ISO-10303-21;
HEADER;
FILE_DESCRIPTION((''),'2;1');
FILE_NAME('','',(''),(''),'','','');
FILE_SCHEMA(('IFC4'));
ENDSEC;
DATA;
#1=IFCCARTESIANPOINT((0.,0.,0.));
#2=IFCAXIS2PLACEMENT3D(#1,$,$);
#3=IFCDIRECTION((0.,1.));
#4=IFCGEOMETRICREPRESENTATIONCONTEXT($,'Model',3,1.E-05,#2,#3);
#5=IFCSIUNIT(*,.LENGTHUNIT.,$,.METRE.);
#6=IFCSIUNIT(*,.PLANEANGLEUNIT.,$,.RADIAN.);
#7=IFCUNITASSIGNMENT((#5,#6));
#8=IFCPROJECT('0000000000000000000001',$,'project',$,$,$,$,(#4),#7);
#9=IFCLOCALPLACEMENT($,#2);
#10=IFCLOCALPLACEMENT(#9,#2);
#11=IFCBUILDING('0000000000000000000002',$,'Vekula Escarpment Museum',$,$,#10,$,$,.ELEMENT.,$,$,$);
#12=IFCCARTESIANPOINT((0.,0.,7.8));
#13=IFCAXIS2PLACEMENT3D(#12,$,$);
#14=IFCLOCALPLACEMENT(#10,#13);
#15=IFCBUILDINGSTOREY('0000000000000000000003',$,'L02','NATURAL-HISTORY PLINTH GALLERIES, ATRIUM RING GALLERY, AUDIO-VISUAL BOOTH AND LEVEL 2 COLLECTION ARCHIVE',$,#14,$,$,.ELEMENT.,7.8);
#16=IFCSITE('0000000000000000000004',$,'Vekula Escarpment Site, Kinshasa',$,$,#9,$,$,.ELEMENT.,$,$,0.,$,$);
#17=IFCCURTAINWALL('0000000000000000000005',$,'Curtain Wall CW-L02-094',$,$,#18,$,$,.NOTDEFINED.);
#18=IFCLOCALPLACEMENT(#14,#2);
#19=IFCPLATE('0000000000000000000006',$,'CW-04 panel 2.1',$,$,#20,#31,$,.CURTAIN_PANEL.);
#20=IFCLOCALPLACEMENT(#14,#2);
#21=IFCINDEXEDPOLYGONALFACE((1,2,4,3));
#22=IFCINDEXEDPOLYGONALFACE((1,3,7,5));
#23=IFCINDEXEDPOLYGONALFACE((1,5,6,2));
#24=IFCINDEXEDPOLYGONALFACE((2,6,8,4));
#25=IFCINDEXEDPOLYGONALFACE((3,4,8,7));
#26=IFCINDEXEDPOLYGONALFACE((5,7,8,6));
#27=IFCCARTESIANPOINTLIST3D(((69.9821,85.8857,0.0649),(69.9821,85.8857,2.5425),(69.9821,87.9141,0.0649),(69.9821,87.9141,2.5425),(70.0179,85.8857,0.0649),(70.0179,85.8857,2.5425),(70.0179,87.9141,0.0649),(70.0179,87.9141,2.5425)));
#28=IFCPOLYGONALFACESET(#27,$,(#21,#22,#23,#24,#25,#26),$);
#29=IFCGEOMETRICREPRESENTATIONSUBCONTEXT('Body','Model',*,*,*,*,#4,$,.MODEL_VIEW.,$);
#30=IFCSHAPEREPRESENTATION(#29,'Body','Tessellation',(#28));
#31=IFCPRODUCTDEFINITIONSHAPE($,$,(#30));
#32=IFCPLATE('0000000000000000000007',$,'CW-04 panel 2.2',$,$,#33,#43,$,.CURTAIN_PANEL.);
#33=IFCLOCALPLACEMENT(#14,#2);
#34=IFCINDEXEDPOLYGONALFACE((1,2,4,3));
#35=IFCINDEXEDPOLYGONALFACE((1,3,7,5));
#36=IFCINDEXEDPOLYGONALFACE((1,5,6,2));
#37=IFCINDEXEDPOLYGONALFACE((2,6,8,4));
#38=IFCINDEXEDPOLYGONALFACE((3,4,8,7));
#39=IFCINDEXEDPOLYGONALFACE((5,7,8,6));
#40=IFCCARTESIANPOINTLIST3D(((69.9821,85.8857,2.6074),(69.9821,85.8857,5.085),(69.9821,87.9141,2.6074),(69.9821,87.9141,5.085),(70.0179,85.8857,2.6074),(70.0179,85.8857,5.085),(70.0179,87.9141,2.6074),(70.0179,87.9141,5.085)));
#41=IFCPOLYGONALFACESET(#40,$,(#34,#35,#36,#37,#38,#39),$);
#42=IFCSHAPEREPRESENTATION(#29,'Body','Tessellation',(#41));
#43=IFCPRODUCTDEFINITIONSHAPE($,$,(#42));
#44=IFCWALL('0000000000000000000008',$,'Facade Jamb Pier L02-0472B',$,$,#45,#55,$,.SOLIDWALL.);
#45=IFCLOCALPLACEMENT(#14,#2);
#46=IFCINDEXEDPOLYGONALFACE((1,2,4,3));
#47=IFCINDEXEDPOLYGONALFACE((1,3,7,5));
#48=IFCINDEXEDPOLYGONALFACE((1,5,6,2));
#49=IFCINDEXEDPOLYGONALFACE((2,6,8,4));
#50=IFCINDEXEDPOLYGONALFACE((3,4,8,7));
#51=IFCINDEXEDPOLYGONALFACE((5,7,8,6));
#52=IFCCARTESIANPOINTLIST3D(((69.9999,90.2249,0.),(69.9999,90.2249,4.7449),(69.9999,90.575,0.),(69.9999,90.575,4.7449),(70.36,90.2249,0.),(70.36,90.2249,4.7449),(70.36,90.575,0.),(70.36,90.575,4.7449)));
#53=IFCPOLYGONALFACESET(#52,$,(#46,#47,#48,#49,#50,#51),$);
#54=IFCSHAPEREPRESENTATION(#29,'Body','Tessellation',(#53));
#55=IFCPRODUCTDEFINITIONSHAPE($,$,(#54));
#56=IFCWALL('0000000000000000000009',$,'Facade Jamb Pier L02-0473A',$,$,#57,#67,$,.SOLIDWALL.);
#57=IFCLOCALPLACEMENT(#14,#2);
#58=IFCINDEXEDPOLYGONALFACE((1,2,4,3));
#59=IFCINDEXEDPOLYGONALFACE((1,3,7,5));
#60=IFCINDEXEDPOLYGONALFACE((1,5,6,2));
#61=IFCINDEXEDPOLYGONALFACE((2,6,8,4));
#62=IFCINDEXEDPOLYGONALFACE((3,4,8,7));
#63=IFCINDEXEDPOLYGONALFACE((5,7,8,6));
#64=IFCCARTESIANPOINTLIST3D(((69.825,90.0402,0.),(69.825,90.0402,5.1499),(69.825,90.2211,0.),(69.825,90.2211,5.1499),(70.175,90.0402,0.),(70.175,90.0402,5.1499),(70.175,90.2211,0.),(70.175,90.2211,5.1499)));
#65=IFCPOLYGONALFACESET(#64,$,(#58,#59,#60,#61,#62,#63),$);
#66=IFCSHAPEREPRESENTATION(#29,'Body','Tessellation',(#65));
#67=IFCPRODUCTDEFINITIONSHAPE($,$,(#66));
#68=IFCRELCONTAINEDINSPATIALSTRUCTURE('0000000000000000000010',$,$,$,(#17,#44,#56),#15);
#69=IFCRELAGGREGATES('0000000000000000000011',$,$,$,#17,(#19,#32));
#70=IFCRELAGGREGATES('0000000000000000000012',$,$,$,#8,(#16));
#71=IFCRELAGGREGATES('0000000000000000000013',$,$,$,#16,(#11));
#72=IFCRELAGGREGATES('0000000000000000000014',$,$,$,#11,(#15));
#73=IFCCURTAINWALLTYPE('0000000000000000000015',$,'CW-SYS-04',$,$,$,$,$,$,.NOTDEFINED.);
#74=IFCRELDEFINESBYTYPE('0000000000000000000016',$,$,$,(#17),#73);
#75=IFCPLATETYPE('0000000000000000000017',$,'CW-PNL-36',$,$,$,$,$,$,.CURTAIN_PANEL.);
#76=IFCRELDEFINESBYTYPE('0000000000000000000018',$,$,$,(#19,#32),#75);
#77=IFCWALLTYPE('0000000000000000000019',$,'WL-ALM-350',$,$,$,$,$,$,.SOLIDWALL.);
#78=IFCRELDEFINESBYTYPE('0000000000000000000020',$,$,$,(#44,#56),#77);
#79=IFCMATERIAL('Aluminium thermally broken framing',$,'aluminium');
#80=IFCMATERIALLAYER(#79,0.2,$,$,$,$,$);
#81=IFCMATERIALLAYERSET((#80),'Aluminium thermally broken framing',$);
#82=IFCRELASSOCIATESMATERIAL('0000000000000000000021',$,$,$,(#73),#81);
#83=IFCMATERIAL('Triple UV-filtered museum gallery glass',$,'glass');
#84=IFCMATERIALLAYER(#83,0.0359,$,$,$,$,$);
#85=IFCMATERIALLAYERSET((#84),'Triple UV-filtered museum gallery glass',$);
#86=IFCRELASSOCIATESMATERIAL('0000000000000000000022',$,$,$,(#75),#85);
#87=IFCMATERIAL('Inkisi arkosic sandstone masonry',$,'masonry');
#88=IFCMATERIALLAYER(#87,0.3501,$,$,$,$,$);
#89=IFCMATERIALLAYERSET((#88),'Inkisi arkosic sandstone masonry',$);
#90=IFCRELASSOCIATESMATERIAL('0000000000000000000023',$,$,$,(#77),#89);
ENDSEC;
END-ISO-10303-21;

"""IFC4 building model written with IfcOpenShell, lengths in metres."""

from ifc_helpers import new_model, si_unit, direction, frame, frame_2d, origin, origin_2d, place, context, subcontext, project, spatial, rectangle, extrude, material, layer, layer_set, type_object, element, aggregate, save


model = new_model("IFC4")

# Units and contexts
model_context = context("Model", 3, precision=1e-05, world=origin(), true_north=direction((0.0, 1.0)))
body_context = subcontext(model_context, "Body", "Model", "MODEL_VIEW")
ifc_project = project(units=[si_unit("LENGTHUNIT", "METRE"), si_unit("PLANEANGLEUNIT", "RADIAN")], contexts=[model_context])

# Site, building, storey
site_placement = place(None, origin())
site = spatial("IfcSite", under=ifc_project, at=site_placement, Name="Vekula Escarpment Site, Kinshasa", CompositionType="ELEMENT", RefElevation=0.0)
building_placement = place(site_placement, origin())
building = spatial("IfcBuilding", under=site, at=building_placement, Name="Vekula Escarpment Museum", CompositionType="ELEMENT")
storey_placement = place(building_placement, frame((0.0, 0.0, 7.8)))
storey = spatial("IfcBuildingStorey", under=building, at=storey_placement, Name="L02", Description="NATURAL-HISTORY PLINTH GALLERIES, ATRIUM RING GALLERY, AUDIO-VISUAL BOOTH AND LEVEL 2 COLLECTION ARCHIVE", CompositionType="ELEMENT", Elevation=7.8)

# Curtain wall
ifc_material_1 = material(Name="Aluminium thermally broken framing", Category="aluminium")
ifc_layer_1 = layer(ifc_material_1, 0.2)
ifc_layer_set_1 = layer_set([ifc_layer_1], Name="Aluminium thermally broken framing")
curtain_wall_type_1 = type_object("IfcCurtainWallType", Name="CW-SYS-04", PredefinedType="NOTDEFINED", material=ifc_layer_set_1)
curtain_wall_1_placement = place(storey_placement, origin())
curtain_wall_1 = element("IfcCurtainWall", 1, at=curtain_wall_1_placement, inside=storey, type_object=curtain_wall_type_1, Name="Curtain Wall CW-L02-094", PredefinedType="NOTDEFINED")

# Plates
ifc_material_2 = material(Name="Triple UV-filtered museum gallery glass", Category="glass")
ifc_layer_2 = layer(ifc_material_2, 0.0359)
ifc_layer_set_2 = layer_set([ifc_layer_2], Name="Triple UV-filtered museum gallery glass")
plate_type_1 = type_object("IfcPlateType", Name="CW-PNL-36", PredefinedType="CURTAIN_PANEL", material=ifc_layer_set_2)
plate_1_placement = place(storey_placement, frame((70.0, 86.8999, 0.0649), z_axis=(0.0, 0.0, 1.0), x_axis=(0.0, -1.0, 0.0)))
plate_1 = element("IfcPlate", 2, at=plate_1_placement, type_object=plate_type_1, Name="CW-04 panel 2.1", PredefinedType="CURTAIN_PANEL", context=body_context, shape_type="SweptSolid", body=[
    extrude(rectangle(XDim=2.0283, YDim=0.0359, at=origin_2d()), origin(), (0.0, 0.0, 1.0), 2.4775),
])
plate_2_placement = place(storey_placement, frame((70.0, 86.8999, 2.6074), z_axis=(0.0, 0.0, 1.0), x_axis=(0.0, -1.0, 0.0)))
plate_2 = element("IfcPlate", 3, at=plate_2_placement, type_object=plate_type_1, Name="CW-04 panel 2.2", PredefinedType="CURTAIN_PANEL", context=body_context, shape_type="SweptSolid", body=[
    extrude(rectangle(XDim=2.0283, YDim=0.0359, at=origin_2d()), origin(), (0.0, 0.0, 1.0), 2.4775),
])
aggregate(curtain_wall_1, [plate_1, plate_2])

# Walls
ifc_material_3 = material(Name="Inkisi arkosic sandstone masonry", Category="masonry")
ifc_layer_3 = layer(ifc_material_3, 0.3501)
ifc_layer_set_3 = layer_set([ifc_layer_3], Name="Inkisi arkosic sandstone masonry")
wall_type = type_object("IfcWallType", Name="WL-ALM-350", PredefinedType="SOLIDWALL", material=ifc_layer_set_3)
wall_1_placement = place(storey_placement, frame((70.3601, 90.3999, 0.0), z_axis=(0.0, 0.0, 1.0), x_axis=(-1.0, 0.0, 0.0)))
element("IfcWall", 4, at=wall_1_placement, inside=storey, type_object=wall_type, Name="Facade Jamb Pier L02-0472B", PredefinedType="SOLIDWALL", context=body_context, shape_type="SweptSolid", body=[
    extrude(rectangle(XDim=0.3601, YDim=0.3501, at=frame_2d((0.1802, 0.0))), origin(), (0.0, 0.0, 1.0), 4.7449),
])
wall_2_placement = place(storey_placement, frame((70.0, 90.2209, 0.0), z_axis=(0.0, 0.0, 1.0), x_axis=(0.0, -1.0, 0.0)))
element("IfcWall", 5, at=wall_2_placement, inside=storey, type_object=wall_type, Name="Facade Jamb Pier L02-0473A", PredefinedType="SOLIDWALL", context=body_context, shape_type="SweptSolid", body=[
    extrude(rectangle(XDim=0.1809, YDim=0.3501, at=frame_2d((0.0903, 0.0))), origin(), (0.0, 0.0, 1.0), 5.1499),
])

save(model, "model.ifc")
